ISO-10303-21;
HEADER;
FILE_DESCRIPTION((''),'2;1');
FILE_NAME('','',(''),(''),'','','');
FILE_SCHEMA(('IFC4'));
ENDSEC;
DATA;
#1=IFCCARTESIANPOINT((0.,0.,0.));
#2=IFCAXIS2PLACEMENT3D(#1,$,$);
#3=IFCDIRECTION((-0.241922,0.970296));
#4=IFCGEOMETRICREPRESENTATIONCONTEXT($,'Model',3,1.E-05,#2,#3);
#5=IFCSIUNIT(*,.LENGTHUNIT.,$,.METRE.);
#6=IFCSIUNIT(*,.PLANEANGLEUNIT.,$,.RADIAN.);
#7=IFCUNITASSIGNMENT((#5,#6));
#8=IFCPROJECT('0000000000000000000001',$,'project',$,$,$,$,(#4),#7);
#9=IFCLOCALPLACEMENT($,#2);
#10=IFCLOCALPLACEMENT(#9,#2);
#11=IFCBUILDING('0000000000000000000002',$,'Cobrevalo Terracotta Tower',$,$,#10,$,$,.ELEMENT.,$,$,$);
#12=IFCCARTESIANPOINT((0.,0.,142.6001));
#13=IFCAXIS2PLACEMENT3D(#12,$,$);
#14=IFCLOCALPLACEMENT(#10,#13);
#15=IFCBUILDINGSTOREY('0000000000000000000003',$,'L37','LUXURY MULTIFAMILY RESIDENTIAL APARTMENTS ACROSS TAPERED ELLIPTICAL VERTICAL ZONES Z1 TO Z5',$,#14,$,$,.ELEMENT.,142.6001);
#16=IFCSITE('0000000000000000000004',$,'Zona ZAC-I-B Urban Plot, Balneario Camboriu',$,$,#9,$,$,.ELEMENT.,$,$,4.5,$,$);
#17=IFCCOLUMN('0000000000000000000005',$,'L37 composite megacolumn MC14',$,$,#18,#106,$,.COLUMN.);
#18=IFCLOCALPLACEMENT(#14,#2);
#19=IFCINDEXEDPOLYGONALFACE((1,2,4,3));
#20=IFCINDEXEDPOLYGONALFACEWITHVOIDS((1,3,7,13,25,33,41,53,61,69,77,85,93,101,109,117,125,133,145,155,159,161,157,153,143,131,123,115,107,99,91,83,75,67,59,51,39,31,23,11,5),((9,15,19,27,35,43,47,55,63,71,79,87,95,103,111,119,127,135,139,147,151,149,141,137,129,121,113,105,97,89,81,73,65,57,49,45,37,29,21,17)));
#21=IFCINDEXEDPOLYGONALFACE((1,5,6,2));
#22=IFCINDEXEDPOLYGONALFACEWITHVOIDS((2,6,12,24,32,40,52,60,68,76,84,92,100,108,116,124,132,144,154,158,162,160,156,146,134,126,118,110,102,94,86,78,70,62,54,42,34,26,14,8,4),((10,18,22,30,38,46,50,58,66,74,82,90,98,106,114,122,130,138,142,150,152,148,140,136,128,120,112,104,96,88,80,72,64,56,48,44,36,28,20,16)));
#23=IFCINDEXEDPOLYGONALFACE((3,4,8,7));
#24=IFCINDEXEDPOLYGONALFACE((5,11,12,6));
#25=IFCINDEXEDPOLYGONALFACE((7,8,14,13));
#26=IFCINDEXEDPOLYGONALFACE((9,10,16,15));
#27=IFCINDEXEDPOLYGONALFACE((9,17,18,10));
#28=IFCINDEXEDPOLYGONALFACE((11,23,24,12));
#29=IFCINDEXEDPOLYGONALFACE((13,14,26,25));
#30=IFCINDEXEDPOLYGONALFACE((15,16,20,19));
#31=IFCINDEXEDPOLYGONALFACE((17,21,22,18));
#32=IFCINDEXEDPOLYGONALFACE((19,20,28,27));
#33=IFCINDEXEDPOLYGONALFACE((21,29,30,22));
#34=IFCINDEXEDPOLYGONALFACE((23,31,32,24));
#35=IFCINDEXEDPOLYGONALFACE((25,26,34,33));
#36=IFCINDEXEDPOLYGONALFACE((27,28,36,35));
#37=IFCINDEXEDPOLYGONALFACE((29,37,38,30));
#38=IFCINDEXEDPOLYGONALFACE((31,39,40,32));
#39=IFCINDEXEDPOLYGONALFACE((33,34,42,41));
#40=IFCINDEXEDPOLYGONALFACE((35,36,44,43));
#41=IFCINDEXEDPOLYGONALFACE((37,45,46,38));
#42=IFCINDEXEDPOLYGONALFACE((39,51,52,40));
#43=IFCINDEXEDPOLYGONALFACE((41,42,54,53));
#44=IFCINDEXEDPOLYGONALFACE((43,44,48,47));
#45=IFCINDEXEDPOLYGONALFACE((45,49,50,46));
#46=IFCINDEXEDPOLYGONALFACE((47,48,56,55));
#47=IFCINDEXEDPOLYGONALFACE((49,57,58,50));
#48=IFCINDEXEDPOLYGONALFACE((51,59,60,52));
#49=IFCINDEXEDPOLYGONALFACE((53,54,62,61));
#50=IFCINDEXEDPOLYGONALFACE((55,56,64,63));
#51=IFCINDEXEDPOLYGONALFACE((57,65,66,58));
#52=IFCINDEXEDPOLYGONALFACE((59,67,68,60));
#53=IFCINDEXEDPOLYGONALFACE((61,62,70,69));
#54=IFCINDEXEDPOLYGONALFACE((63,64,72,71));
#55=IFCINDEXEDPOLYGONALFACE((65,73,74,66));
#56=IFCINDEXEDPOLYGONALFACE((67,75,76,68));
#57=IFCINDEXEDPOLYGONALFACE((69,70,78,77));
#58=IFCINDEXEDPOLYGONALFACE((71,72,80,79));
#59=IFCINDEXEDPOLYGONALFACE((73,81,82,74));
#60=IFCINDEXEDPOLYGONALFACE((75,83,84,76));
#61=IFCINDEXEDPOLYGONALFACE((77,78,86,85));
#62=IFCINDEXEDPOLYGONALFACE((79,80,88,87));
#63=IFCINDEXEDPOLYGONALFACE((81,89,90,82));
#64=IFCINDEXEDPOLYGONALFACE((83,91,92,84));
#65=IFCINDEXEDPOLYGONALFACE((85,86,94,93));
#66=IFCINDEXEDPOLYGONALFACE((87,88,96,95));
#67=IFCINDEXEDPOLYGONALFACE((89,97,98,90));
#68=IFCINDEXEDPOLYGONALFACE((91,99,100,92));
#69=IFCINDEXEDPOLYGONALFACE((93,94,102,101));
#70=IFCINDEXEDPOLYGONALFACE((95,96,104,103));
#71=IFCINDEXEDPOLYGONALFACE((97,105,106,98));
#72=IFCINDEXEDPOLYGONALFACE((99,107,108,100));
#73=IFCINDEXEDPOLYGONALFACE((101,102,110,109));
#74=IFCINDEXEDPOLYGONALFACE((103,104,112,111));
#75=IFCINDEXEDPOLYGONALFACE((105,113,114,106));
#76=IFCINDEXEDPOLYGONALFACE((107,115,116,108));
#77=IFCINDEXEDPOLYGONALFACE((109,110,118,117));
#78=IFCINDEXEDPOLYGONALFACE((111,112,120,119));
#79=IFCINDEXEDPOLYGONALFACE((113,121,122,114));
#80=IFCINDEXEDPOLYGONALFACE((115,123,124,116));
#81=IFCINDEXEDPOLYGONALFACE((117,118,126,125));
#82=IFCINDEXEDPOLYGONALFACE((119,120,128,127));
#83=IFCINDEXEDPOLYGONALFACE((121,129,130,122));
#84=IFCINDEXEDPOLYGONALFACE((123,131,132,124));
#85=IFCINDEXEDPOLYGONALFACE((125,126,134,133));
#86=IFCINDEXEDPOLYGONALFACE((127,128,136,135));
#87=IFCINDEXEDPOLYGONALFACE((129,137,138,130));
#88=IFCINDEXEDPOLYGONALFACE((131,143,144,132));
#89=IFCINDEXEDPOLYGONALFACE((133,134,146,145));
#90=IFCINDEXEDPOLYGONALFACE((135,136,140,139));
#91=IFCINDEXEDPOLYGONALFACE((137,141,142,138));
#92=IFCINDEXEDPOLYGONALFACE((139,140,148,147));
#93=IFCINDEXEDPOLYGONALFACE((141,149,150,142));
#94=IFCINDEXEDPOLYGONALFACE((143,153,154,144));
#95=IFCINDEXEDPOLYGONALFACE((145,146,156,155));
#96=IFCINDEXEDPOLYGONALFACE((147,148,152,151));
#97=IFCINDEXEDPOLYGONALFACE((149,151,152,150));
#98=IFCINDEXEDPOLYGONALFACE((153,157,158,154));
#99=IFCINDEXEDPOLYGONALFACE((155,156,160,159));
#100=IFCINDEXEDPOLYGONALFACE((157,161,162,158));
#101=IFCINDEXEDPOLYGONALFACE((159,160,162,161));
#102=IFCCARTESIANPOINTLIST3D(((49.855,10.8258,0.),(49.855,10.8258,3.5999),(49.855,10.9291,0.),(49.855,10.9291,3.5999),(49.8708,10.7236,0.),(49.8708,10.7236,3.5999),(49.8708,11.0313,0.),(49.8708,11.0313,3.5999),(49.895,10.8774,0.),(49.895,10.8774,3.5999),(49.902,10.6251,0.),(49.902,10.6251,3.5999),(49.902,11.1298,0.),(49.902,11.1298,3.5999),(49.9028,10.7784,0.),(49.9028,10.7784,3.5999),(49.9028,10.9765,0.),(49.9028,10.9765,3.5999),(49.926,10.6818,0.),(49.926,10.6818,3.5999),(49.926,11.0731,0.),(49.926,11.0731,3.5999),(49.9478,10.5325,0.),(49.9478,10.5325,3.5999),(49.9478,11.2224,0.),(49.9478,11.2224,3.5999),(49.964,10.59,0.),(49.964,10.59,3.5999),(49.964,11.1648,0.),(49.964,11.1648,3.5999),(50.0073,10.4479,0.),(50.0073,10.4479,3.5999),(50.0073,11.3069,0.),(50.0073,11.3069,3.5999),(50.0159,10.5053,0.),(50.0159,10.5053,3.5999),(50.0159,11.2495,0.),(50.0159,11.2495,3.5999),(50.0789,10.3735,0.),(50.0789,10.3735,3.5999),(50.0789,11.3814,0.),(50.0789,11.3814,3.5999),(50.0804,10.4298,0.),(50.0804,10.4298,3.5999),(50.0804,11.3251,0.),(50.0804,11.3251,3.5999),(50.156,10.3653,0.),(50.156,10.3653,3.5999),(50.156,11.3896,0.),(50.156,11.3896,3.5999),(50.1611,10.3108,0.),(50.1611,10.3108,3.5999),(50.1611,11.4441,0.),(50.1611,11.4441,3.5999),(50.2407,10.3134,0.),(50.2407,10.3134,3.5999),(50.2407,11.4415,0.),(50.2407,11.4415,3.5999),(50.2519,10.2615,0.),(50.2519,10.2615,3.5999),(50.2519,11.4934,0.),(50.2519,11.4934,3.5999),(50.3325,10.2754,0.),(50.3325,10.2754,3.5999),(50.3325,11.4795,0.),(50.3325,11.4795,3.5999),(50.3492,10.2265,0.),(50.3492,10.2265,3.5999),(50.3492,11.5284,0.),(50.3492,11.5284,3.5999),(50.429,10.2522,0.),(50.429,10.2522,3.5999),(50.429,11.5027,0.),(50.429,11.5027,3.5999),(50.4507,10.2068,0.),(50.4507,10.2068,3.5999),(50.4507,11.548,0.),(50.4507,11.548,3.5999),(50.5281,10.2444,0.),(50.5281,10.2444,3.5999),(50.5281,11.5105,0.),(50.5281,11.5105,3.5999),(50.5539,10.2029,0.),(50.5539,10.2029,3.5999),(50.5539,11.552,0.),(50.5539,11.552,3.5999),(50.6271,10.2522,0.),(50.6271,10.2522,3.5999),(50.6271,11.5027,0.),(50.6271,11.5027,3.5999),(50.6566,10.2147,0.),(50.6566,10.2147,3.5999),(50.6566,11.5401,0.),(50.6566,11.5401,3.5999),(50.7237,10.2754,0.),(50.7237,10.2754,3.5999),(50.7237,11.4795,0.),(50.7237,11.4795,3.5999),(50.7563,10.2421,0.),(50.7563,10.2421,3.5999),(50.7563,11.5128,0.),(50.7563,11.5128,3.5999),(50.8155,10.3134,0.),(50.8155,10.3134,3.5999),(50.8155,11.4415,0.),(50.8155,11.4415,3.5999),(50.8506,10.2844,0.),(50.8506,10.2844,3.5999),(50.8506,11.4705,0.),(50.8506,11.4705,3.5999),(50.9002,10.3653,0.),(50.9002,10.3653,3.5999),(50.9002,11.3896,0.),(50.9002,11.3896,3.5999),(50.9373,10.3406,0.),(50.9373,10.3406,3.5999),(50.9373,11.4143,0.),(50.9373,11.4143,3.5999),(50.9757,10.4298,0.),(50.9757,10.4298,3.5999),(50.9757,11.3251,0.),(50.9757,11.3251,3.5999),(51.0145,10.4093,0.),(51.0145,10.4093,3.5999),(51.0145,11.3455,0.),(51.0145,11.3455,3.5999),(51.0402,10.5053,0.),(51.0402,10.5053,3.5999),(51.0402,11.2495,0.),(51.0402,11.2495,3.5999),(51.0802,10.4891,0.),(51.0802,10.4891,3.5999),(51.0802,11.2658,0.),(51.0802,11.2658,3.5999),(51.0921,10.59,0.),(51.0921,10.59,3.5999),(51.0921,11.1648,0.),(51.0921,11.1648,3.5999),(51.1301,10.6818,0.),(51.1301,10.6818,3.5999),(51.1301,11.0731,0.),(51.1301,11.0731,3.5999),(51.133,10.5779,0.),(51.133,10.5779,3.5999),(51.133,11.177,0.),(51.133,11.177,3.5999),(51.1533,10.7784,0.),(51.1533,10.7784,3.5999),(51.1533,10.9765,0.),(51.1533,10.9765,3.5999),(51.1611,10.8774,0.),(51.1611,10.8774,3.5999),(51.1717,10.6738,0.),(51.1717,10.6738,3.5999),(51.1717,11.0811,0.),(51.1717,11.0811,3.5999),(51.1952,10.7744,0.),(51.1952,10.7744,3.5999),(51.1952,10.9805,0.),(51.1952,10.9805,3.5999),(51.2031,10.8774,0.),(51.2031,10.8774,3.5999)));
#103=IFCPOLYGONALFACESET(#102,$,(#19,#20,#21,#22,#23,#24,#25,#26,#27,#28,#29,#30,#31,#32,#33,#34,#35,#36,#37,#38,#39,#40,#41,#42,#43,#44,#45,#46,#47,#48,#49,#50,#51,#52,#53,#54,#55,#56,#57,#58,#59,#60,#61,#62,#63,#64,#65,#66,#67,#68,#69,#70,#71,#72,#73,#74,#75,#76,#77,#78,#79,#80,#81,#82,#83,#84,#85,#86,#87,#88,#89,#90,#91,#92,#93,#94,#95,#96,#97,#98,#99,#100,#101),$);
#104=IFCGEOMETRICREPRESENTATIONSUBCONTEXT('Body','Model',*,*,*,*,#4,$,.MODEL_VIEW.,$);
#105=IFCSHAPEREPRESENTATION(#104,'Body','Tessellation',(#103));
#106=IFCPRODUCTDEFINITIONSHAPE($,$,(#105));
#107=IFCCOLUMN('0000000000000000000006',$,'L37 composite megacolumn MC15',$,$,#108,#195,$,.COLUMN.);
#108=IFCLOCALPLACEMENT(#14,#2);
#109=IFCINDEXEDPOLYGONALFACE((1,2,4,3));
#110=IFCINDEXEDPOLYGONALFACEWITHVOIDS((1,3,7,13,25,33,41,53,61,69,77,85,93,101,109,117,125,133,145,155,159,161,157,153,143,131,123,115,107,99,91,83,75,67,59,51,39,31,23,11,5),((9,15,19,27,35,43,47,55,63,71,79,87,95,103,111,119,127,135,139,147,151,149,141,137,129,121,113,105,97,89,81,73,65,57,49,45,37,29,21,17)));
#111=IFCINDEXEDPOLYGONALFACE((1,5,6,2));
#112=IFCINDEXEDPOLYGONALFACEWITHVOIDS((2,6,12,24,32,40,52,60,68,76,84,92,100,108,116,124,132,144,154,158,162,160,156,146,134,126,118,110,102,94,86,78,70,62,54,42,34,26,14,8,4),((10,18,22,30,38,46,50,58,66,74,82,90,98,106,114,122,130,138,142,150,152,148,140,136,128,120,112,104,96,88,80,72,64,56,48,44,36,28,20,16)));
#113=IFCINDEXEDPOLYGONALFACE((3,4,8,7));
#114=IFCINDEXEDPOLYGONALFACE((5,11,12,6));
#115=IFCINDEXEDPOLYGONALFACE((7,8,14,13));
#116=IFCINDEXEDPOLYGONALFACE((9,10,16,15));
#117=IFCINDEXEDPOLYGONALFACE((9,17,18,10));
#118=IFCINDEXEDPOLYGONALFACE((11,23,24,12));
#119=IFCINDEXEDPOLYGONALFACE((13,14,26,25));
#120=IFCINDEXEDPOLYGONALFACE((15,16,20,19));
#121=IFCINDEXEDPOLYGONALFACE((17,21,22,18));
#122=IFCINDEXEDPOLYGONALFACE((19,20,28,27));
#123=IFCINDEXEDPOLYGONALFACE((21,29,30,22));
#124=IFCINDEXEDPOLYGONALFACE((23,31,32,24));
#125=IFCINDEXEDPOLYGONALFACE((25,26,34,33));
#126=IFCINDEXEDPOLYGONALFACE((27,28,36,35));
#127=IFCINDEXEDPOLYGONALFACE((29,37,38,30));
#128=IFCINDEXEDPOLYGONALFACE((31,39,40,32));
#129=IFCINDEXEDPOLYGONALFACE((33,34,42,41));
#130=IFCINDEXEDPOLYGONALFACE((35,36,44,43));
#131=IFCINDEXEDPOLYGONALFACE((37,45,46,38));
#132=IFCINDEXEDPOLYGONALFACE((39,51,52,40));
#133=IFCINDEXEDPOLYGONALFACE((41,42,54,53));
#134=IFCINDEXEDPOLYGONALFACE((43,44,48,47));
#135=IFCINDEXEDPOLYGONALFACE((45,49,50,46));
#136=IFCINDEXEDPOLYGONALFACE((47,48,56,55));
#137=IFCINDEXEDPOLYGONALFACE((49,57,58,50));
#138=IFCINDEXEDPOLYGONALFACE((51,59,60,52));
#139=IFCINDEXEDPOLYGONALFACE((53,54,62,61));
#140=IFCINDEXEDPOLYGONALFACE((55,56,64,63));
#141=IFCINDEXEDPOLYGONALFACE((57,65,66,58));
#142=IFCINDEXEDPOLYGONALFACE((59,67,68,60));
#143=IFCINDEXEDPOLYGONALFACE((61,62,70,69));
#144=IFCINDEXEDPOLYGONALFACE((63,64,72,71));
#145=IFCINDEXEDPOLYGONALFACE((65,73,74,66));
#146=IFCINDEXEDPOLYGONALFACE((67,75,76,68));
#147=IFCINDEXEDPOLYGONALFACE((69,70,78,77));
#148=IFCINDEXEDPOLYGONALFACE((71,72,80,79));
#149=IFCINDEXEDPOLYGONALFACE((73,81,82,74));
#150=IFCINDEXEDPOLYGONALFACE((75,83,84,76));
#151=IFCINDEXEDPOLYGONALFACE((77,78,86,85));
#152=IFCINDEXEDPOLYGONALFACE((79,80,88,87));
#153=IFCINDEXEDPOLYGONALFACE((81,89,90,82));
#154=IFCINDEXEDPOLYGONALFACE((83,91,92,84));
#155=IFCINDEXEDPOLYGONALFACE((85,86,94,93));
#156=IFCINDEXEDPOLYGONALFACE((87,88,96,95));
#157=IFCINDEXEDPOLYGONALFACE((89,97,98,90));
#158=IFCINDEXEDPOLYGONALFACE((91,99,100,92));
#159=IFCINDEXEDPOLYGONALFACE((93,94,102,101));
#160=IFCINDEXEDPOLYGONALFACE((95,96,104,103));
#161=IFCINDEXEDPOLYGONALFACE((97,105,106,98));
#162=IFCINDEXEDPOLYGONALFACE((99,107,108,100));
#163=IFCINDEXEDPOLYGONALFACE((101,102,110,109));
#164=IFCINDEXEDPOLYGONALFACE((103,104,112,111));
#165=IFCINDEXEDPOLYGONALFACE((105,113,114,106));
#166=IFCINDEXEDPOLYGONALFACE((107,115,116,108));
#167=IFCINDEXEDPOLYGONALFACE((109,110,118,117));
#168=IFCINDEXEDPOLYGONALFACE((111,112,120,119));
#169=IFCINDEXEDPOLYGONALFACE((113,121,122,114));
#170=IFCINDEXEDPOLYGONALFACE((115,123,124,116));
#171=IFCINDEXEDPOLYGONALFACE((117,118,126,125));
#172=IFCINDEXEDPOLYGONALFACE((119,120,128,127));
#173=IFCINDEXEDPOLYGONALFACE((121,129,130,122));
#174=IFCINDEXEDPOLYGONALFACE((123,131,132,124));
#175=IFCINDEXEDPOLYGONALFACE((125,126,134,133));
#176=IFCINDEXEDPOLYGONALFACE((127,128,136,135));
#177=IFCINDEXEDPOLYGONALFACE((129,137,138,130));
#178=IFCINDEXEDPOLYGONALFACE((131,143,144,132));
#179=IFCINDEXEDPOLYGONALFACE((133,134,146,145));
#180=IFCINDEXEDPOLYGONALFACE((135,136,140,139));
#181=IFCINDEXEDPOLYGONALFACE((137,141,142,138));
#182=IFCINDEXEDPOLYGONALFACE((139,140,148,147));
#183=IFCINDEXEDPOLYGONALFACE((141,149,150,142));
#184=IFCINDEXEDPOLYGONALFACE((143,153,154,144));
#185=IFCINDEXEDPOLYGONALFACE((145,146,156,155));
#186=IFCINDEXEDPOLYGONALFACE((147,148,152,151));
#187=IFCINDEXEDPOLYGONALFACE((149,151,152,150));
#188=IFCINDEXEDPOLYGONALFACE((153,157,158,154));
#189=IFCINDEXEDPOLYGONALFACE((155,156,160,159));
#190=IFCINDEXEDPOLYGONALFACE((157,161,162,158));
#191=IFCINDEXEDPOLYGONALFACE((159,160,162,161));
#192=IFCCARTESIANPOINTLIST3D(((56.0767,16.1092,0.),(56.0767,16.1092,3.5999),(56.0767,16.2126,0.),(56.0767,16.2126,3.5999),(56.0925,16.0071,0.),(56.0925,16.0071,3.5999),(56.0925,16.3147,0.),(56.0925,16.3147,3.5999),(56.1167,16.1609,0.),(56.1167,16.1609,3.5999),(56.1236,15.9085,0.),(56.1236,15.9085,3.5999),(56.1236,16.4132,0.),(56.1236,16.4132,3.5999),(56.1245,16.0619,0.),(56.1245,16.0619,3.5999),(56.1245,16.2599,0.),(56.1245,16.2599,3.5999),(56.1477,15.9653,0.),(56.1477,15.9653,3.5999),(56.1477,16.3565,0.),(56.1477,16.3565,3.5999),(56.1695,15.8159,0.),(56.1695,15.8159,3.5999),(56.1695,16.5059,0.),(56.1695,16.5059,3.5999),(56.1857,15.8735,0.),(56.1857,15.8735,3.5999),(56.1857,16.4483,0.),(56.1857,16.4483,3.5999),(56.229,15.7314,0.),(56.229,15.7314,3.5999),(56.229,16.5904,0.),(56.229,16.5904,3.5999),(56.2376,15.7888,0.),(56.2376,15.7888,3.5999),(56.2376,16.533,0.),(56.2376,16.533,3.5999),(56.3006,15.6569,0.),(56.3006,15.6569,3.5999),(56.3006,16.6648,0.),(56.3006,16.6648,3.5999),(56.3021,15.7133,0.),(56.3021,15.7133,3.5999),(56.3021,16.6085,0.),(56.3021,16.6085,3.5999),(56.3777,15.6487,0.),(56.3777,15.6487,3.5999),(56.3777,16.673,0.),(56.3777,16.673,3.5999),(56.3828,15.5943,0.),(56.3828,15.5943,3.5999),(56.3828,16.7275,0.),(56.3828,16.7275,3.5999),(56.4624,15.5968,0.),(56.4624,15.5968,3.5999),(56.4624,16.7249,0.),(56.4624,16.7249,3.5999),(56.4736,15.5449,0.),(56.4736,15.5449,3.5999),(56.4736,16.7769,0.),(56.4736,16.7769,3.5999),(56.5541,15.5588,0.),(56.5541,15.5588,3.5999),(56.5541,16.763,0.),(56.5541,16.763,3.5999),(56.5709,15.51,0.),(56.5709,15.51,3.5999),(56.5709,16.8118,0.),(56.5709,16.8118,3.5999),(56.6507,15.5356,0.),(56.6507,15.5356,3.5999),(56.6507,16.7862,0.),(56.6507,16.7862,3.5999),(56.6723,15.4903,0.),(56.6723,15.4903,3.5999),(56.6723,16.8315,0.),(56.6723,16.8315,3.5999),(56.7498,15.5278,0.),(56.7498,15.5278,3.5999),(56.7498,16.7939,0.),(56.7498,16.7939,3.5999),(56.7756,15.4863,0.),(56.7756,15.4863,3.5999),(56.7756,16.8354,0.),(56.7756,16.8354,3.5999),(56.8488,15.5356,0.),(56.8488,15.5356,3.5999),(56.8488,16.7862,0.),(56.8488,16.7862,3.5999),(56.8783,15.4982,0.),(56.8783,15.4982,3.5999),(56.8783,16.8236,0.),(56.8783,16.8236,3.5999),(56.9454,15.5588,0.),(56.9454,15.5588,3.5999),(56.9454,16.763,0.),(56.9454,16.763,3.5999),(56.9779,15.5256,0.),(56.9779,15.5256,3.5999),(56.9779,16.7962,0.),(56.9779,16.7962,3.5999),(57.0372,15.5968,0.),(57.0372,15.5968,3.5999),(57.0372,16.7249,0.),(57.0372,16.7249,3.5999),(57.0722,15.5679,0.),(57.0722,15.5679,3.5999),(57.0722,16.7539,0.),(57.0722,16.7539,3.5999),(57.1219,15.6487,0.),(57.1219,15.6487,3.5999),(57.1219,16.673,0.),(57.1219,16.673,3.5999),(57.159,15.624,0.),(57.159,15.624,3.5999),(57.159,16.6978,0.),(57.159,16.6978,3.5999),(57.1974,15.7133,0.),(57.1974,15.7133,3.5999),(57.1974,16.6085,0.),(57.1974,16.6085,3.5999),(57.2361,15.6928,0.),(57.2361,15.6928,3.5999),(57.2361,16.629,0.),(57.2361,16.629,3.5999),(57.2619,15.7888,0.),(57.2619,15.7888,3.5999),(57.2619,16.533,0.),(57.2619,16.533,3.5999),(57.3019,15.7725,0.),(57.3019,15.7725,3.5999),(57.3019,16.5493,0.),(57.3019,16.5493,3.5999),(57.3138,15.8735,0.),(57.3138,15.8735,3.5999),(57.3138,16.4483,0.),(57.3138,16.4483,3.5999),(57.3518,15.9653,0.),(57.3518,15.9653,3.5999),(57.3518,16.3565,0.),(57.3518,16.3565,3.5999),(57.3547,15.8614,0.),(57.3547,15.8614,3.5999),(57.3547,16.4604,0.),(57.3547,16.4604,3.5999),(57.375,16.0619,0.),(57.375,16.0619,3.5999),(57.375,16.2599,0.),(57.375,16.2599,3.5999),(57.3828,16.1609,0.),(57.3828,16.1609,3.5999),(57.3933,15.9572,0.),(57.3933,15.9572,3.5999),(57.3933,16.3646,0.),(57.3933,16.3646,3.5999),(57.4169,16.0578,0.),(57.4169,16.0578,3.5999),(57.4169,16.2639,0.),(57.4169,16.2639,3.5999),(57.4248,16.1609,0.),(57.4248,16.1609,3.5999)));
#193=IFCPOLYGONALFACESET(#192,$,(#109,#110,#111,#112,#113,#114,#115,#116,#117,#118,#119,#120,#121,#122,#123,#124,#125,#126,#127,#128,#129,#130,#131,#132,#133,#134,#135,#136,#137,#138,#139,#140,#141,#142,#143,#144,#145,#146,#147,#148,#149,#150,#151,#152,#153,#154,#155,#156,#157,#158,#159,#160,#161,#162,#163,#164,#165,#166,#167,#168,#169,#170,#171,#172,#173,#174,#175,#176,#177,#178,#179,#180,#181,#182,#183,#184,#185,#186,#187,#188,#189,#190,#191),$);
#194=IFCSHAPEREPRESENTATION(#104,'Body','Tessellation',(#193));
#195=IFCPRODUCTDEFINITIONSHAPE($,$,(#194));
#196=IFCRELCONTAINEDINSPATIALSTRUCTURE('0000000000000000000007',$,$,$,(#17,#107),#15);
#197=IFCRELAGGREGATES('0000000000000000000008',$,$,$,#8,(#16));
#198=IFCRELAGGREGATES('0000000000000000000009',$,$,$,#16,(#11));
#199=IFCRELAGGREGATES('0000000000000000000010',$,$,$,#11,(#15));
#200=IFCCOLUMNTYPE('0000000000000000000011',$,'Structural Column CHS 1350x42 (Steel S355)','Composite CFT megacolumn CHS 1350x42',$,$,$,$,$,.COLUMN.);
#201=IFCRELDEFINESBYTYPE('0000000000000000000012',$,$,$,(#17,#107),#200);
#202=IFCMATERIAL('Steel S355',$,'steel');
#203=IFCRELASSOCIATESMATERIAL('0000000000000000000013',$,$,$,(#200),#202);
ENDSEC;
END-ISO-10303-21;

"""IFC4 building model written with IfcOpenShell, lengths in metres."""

from ifc_helpers import new_model, si_unit, direction, frame, origin, origin_2d, place, context, subcontext, project, spatial, hollow_circle, extrude, material, material_profile, profile_set, type_object, element, save


model = new_model("IFC4")

# Units and contexts
model_context = context("Model", 3, precision=1e-05, world=origin(), true_north=direction((-0.241922, 0.970296)))
body_context = subcontext(model_context, "Body", "Model", "MODEL_VIEW")
ifc_project = project(units=[si_unit("LENGTHUNIT", "METRE"), si_unit("PLANEANGLEUNIT", "RADIAN")], contexts=[model_context])

# Site, building, storey
site_placement = place(None, origin())
site = spatial("IfcSite", under=ifc_project, at=site_placement, Name="Zona ZAC-I-B Urban Plot, Balneario Camboriu", CompositionType="ELEMENT", RefElevation=4.5)
building_placement = place(site_placement, origin())
building = spatial("IfcBuilding", under=site, at=building_placement, Name="Cobrevalo Terracotta Tower", CompositionType="ELEMENT")
storey_placement = place(building_placement, frame((0.0, 0.0, 142.6001)))
storey = spatial("IfcBuildingStorey", under=building, at=storey_placement, Name="L37", Description="LUXURY MULTIFAMILY RESIDENTIAL APARTMENTS ACROSS TAPERED ELLIPTICAL VERTICAL ZONES Z1 TO Z5", CompositionType="ELEMENT", Elevation=142.6001)

# Columns
ifc_material_1 = material(Name="Steel S355", Category="steel")
ifc_material_profile_1 = material_profile(ifc_material_1, hollow_circle(Radius=0.675, WallThickness=0.042, at=origin_2d()), Name="CHS 1350x42")
ifc_profile_set_1 = profile_set([ifc_material_profile_1], Name="Steel S355")
column_type = type_object("IfcColumnType", Name="Structural Column CHS 1350x42 (Steel S355)", Description="Composite CFT megacolumn CHS 1350x42", PredefinedType="COLUMN", material=ifc_profile_set_1)
for number, where, z_axis, x_axis, name in (
    (1, (50.5281, 10.8774, 0.0), (0.0, 0.0, 1.0), (1.0, 0.0, 0.0), "L37 composite megacolumn MC14"),
    (2, (56.7498, 16.1609, 0.0), (0.0, 0.0, 1.0), (1.0, 0.0, 0.0), "L37 composite megacolumn MC15"),
):
    element("IfcColumn", number, at=place(storey_placement, frame(where, z_axis=z_axis, x_axis=x_axis)), inside=storey, type_object=column_type, Name=name, PredefinedType="COLUMN", context=body_context, shape_type="SweptSolid", body=[
        extrude(hollow_circle(Radius=0.675, WallThickness=0.042, at=origin_2d()), origin(), (0.0, 0.0, 1.0), 3.5999),
    ])

save(model, "model.ifc")
